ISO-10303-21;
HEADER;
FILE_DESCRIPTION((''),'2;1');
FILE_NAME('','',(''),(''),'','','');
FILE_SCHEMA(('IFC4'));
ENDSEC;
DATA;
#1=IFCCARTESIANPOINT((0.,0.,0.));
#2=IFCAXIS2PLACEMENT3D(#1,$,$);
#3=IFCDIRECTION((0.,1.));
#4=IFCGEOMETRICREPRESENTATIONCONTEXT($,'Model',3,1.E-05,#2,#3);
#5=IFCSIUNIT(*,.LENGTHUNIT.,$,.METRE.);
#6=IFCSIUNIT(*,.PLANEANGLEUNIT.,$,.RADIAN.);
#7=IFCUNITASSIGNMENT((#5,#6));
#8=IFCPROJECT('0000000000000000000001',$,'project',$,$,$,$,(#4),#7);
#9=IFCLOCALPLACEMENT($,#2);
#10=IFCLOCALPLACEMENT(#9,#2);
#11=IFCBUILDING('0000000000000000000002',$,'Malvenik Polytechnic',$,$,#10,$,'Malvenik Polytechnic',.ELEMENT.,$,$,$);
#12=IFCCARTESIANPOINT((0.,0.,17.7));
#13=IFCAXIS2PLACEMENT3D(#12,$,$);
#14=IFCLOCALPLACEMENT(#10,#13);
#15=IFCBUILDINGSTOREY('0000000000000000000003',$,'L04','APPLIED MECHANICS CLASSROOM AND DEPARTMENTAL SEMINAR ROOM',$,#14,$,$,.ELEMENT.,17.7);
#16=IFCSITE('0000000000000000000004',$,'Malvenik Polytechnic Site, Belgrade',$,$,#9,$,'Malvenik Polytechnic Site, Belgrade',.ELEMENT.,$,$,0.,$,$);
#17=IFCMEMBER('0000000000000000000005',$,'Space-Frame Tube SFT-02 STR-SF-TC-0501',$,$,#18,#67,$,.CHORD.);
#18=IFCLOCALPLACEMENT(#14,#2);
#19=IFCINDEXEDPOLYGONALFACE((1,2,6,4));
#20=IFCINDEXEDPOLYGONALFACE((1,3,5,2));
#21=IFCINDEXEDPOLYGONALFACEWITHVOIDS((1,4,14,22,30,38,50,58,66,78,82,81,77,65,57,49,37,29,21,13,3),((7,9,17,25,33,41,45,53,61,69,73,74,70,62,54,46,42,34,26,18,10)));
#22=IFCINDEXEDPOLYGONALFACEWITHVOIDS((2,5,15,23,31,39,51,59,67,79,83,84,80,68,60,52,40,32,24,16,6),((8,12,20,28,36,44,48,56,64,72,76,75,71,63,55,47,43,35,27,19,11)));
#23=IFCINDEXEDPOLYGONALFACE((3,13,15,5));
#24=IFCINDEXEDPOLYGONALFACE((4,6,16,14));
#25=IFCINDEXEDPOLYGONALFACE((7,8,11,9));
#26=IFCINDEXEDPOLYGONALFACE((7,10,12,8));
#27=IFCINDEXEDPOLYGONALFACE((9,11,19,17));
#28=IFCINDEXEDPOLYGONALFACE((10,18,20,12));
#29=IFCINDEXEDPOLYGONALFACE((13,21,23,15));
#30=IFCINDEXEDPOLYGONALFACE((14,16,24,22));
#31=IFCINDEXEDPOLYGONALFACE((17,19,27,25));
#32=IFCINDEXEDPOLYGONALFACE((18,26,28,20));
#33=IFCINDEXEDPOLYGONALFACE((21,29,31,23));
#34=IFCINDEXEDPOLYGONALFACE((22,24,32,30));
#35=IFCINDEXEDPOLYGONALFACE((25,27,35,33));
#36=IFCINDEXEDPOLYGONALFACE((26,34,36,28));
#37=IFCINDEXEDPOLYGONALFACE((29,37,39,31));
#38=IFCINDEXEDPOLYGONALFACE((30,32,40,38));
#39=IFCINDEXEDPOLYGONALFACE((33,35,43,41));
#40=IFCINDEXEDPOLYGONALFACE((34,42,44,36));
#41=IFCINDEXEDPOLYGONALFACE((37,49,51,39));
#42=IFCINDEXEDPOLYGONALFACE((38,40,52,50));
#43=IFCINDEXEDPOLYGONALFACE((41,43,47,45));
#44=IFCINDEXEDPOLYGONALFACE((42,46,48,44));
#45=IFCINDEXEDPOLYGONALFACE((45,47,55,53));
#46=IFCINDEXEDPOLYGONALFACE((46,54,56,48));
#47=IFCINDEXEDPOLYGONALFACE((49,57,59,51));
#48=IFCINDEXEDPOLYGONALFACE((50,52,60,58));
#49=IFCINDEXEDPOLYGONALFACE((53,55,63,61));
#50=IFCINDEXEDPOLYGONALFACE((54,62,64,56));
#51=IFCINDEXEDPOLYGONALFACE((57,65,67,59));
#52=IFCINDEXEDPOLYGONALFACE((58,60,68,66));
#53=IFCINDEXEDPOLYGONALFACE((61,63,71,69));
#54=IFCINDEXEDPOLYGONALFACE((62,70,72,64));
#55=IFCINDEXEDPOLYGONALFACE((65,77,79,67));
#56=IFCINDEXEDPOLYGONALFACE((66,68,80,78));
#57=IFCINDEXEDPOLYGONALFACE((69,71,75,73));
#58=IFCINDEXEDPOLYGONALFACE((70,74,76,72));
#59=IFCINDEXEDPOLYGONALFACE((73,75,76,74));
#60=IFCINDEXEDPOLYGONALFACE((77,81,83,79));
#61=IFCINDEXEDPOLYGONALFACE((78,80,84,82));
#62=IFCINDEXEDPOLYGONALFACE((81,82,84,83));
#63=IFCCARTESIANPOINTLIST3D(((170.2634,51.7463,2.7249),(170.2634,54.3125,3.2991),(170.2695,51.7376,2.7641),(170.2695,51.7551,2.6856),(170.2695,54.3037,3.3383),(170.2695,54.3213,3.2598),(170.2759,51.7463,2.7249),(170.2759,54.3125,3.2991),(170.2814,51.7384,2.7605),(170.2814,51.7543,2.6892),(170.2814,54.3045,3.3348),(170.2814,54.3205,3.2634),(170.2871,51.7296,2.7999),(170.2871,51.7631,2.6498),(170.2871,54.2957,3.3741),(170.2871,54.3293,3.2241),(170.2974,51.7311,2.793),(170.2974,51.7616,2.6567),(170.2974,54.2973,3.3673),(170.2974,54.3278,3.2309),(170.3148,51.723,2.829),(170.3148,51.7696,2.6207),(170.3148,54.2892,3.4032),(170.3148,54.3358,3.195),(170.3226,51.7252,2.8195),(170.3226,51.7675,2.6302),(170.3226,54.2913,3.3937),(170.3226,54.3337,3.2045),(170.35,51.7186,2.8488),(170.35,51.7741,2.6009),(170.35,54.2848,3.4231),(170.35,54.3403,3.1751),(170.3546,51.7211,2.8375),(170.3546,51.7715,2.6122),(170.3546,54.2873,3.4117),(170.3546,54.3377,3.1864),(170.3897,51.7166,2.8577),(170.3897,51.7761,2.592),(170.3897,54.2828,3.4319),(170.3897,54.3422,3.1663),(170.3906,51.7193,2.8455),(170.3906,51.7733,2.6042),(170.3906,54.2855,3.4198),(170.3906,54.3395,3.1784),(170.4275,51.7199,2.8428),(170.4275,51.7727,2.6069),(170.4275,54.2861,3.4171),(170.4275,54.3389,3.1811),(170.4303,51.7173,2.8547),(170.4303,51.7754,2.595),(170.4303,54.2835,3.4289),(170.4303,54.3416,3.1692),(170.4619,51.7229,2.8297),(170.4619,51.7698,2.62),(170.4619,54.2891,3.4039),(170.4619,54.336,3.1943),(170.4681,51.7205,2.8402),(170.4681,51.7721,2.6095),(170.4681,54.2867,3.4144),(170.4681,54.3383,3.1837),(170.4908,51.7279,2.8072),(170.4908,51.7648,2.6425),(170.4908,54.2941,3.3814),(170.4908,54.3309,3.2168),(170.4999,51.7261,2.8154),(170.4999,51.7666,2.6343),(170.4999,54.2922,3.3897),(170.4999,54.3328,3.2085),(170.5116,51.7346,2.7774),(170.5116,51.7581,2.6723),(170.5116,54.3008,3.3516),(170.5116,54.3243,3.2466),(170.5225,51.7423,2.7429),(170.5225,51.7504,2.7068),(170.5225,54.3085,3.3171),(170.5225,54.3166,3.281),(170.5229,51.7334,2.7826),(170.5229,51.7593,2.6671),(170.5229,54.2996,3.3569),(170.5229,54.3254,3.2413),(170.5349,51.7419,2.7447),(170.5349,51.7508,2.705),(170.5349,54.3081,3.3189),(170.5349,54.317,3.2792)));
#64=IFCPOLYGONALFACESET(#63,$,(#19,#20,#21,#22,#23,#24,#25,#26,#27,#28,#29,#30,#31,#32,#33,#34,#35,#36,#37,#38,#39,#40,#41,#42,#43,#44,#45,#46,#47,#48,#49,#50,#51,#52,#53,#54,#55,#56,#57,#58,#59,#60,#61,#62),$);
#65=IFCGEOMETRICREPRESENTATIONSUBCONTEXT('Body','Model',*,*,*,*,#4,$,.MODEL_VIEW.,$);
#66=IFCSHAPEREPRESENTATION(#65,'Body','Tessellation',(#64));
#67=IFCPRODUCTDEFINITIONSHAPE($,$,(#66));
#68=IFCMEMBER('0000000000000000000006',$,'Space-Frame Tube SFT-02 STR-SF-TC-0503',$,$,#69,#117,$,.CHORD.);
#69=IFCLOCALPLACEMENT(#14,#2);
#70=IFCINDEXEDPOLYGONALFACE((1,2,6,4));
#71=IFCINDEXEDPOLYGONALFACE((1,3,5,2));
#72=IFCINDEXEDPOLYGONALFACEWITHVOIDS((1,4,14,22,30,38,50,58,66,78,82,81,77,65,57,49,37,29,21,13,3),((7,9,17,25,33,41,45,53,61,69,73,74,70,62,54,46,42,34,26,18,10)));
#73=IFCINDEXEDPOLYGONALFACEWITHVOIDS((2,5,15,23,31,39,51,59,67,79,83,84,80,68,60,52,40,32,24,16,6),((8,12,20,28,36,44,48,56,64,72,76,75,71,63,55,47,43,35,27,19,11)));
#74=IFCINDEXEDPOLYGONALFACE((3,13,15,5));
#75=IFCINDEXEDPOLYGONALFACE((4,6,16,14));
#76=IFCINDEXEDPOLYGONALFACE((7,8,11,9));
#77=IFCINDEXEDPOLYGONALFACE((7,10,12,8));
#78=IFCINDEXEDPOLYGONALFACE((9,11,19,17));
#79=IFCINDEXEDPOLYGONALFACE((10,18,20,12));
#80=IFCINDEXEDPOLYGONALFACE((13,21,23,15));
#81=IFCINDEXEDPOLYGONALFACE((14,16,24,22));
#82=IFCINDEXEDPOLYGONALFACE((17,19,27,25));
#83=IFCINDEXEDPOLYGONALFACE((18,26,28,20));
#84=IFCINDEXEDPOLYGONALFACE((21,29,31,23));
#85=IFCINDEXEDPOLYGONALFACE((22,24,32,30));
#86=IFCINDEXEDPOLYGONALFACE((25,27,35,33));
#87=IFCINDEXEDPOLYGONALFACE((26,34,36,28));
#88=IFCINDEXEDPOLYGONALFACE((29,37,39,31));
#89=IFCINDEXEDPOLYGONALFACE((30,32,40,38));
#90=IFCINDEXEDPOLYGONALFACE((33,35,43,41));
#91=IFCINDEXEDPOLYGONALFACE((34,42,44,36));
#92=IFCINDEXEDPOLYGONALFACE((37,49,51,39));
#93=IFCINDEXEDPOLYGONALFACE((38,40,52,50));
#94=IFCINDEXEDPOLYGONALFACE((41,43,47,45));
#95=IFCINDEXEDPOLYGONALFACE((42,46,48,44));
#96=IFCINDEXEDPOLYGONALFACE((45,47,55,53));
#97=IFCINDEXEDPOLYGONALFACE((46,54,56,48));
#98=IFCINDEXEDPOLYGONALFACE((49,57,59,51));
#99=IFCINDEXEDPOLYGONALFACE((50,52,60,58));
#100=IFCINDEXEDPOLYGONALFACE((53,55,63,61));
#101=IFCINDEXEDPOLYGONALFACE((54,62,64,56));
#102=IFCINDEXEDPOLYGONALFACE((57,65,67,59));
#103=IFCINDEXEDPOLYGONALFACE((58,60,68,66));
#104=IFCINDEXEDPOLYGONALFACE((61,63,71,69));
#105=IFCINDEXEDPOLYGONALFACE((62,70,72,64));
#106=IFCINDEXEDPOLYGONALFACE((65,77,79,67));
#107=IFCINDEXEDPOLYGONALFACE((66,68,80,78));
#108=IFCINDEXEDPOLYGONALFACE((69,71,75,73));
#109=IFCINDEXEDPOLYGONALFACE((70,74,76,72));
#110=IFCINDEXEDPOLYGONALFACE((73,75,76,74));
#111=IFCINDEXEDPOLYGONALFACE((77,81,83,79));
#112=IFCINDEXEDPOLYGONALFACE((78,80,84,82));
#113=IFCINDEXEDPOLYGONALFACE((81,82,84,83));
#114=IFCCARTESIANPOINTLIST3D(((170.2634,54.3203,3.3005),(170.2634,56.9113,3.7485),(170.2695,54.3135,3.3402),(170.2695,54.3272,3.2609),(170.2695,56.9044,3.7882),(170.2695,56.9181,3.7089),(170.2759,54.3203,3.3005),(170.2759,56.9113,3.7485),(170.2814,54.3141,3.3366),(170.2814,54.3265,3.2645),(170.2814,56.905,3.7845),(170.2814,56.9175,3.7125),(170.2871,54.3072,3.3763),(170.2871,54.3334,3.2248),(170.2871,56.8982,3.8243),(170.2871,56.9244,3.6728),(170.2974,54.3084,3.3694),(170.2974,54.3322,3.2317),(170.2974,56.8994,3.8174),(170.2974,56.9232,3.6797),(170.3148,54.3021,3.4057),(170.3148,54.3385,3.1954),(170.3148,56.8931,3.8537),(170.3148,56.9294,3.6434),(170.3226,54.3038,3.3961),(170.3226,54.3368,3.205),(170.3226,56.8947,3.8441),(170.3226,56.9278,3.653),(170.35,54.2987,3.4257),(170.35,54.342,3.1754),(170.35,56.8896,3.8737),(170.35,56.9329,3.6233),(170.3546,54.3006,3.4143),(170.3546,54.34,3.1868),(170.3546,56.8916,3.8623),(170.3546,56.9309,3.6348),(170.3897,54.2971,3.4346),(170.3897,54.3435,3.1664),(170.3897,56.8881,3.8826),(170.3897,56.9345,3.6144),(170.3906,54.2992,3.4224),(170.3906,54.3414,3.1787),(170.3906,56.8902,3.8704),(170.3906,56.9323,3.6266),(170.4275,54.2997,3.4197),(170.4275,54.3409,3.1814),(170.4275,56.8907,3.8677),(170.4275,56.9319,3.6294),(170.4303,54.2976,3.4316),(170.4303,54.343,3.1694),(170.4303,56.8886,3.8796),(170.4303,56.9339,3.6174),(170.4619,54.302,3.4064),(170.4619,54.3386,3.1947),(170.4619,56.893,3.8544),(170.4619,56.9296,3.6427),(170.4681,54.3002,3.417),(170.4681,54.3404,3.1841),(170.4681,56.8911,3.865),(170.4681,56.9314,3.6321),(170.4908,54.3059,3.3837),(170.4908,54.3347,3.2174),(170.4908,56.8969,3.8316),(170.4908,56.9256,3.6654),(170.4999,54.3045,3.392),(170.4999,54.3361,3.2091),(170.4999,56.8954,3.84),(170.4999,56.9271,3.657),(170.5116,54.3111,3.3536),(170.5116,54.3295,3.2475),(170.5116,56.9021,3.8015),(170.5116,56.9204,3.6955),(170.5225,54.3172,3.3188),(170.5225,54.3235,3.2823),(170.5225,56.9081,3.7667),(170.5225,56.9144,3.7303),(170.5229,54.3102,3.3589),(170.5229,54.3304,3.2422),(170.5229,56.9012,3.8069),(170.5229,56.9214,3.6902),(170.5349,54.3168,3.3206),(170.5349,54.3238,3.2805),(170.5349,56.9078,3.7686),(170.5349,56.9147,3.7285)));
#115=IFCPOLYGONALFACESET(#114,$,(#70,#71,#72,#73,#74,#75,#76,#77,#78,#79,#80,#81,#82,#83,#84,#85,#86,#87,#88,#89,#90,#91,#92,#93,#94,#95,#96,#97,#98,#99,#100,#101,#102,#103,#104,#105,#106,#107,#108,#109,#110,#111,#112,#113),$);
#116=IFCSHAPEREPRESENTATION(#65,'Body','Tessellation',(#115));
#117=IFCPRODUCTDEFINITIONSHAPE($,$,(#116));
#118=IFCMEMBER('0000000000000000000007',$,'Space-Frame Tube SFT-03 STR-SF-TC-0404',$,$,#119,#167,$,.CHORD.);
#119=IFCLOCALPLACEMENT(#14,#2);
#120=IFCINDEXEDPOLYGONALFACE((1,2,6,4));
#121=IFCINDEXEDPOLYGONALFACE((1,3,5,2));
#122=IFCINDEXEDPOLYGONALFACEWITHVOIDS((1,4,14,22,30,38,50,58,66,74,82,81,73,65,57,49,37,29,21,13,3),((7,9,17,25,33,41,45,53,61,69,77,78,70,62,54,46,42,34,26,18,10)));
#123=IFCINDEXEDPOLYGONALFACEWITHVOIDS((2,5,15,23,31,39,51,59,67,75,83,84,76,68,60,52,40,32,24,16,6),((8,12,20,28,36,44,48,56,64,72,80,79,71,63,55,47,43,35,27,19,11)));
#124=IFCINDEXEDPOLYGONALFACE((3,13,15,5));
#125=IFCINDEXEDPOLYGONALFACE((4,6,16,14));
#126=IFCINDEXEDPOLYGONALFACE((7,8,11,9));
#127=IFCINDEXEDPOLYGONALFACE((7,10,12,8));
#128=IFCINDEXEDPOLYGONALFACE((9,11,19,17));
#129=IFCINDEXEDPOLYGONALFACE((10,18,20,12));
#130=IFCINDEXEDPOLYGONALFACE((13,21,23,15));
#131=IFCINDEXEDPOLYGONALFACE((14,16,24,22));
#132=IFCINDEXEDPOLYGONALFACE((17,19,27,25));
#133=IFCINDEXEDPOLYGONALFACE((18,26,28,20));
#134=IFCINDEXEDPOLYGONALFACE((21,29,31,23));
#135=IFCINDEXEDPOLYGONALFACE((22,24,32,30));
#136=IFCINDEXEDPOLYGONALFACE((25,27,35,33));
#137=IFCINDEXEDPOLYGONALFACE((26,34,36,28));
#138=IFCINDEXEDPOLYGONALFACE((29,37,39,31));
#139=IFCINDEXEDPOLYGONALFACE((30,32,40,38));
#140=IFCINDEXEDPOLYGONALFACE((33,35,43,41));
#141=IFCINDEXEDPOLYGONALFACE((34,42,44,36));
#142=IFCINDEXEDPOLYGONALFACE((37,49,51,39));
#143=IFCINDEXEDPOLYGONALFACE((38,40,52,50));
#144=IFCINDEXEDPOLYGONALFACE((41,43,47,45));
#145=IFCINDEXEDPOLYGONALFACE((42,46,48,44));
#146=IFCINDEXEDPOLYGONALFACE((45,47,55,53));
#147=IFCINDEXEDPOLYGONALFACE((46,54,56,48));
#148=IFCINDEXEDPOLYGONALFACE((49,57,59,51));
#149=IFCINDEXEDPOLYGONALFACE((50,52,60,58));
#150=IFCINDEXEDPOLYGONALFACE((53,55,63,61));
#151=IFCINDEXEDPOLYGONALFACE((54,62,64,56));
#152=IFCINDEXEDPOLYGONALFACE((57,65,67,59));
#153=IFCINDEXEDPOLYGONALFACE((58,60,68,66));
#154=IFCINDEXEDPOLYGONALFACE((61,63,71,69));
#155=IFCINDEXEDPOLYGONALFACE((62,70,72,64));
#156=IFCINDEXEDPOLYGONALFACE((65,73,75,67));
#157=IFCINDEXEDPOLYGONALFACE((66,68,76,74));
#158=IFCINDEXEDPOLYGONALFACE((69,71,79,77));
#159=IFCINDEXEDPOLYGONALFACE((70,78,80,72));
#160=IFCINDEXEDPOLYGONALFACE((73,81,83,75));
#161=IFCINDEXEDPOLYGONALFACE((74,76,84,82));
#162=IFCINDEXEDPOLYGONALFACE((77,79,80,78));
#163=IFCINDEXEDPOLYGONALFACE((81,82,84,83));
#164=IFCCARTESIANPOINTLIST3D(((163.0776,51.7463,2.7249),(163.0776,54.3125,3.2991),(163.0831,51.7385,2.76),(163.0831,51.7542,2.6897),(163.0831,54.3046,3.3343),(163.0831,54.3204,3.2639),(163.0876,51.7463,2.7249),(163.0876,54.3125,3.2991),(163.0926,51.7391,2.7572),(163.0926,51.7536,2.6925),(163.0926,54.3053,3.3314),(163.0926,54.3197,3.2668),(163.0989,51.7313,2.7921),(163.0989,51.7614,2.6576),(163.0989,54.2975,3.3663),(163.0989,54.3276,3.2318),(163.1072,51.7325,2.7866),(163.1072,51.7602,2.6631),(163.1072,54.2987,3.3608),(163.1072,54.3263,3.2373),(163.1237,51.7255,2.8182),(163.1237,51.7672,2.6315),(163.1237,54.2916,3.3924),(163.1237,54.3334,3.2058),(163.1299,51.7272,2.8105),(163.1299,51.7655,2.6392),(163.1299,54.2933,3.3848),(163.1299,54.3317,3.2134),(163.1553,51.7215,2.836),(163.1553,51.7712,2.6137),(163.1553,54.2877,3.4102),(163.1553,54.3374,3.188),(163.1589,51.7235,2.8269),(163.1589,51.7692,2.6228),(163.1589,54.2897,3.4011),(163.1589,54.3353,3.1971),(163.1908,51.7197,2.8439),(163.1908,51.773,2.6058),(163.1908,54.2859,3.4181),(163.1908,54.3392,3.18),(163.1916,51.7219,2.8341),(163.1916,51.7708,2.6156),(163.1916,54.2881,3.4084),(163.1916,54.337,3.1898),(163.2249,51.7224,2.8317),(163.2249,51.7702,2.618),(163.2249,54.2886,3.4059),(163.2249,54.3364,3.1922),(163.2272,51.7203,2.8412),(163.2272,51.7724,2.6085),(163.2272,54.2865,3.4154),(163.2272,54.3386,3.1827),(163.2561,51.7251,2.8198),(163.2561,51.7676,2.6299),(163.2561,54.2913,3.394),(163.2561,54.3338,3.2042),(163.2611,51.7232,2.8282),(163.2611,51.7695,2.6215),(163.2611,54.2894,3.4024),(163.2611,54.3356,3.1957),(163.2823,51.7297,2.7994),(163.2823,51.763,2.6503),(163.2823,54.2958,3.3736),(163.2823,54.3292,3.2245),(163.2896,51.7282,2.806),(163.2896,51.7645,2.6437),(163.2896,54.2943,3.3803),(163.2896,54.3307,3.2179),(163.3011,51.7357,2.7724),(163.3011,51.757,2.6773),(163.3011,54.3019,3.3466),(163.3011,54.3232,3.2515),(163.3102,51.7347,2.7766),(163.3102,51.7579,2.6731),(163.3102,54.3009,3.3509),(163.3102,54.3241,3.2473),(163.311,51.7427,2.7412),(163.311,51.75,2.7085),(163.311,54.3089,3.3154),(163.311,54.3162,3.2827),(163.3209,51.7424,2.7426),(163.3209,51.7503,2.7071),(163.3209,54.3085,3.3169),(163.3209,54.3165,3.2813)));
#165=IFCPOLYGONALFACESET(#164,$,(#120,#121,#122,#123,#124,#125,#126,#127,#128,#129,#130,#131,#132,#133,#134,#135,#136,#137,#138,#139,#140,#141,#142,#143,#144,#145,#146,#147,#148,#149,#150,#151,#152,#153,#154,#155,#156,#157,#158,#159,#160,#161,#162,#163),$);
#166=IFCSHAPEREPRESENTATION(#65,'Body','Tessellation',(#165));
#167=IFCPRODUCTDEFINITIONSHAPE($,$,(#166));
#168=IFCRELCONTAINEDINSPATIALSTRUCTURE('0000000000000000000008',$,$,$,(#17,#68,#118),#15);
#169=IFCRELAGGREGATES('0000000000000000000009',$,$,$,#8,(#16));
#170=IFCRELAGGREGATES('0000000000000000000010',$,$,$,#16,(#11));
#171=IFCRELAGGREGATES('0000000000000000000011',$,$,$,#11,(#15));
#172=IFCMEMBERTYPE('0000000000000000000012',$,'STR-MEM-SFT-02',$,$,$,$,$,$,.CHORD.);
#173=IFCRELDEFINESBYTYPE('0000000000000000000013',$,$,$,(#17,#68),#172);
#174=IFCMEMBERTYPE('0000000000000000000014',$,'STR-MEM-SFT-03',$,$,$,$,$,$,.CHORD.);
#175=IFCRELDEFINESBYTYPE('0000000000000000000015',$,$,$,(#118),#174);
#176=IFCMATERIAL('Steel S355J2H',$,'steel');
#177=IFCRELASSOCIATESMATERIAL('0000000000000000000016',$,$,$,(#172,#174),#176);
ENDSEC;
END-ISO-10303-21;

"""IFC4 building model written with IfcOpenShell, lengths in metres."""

from ifc_helpers import new_model, si_unit, direction, frame, origin, origin_2d, place, context, subcontext, project, spatial, hollow_circle, extrude, material, material_profile, profile_set, type_object, element, save


model = new_model("IFC4")

# Units and contexts
model_context = context("Model", 3, precision=1e-05, world=origin(), true_north=direction((0.0, 1.0)))
body_context = subcontext(model_context, "Body", "Model", "MODEL_VIEW")
ifc_project = project(units=[si_unit("LENGTHUNIT", "METRE"), si_unit("PLANEANGLEUNIT", "RADIAN")], contexts=[model_context])

# Site, building, storey
site_placement = place(None, origin())
site = spatial("IfcSite", under=ifc_project, at=site_placement, Name="Malvenik Polytechnic Site, Belgrade", LongName="Malvenik Polytechnic Site, Belgrade", CompositionType="ELEMENT", RefElevation=0.0)
building_placement = place(site_placement, origin())
building = spatial("IfcBuilding", under=site, at=building_placement, Name="Malvenik Polytechnic", LongName="Malvenik Polytechnic", CompositionType="ELEMENT")
storey_placement = place(building_placement, frame((0.0, 0.0, 17.7)))
storey = spatial("IfcBuildingStorey", under=building, at=storey_placement, Name="L04", Description="APPLIED MECHANICS CLASSROOM AND DEPARTMENTAL SEMINAR ROOM", CompositionType="ELEMENT", Elevation=17.7)

# Members
ifc_material = material(Name="Steel S355J2H", Category="steel")
ifc_material_profile_1 = material_profile(ifc_material, hollow_circle(Radius=0.1365, WallThickness=0.0125, at=origin_2d()), Name="CHS 273.0x12.5")
ifc_profile_set_1 = profile_set([ifc_material_profile_1], Name="Steel S355J2H")
member_type_1 = type_object("IfcMemberType", Name="STR-MEM-SFT-02", PredefinedType="CHORD", material=ifc_profile_set_1)
member_1_placement = place(storey_placement, frame((170.3999, 51.7463, 2.7249), z_axis=(0.0, 0.975867, 0.218365), x_axis=(-1.0, 0.0, 0.0)))
element("IfcMember", 1, at=member_1_placement, inside=storey, type_object=member_type_1, Name="Space-Frame Tube SFT-02 STR-SF-TC-0501", PredefinedType="CHORD", context=body_context, shape_type="SweptSolid", body=[
    extrude(hollow_circle(Radius=0.1365, WallThickness=0.0125, at=origin_2d()), origin(), (0.0, 0.0, 1.0), 2.6296),
])
member_2_placement = place(storey_placement, frame((170.3999, 54.3203, 3.3005), z_axis=(0.0, 0.98538, 0.170373), x_axis=(-1.0, 0.0, 0.0)))
element("IfcMember", 2, at=member_2_placement, inside=storey, type_object=member_type_1, Name="Space-Frame Tube SFT-02 STR-SF-TC-0503", PredefinedType="CHORD", context=body_context, shape_type="SweptSolid", body=[
    extrude(hollow_circle(Radius=0.1365, WallThickness=0.0125, at=origin_2d()), origin(), (0.0, 0.0, 1.0), 2.6294),
])
ifc_material_profile_2 = material_profile(ifc_material, hollow_circle(Radius=0.1223, WallThickness=0.01, at=origin_2d()), Name="CHS 244.5x10.0")
ifc_profile_set_2 = profile_set([ifc_material_profile_2], Name="Steel S355J2H")
member_type_2 = type_object("IfcMemberType", Name="STR-MEM-SFT-03", PredefinedType="CHORD", material=ifc_profile_set_2)
member_3_placement = place(storey_placement, frame((163.2, 51.7463, 2.7249), z_axis=(0.0, 0.975867, 0.218365), x_axis=(-1.0, 0.0, 0.0)))
element("IfcMember", 3, at=member_3_placement, inside=storey, type_object=member_type_2, Name="Space-Frame Tube SFT-03 STR-SF-TC-0404", PredefinedType="CHORD", context=body_context, shape_type="SweptSolid", body=[
    extrude(hollow_circle(Radius=0.1223, WallThickness=0.01, at=origin_2d()), origin(), (0.0, 0.0, 1.0), 2.6296),
])

save(model, "model.ifc")
